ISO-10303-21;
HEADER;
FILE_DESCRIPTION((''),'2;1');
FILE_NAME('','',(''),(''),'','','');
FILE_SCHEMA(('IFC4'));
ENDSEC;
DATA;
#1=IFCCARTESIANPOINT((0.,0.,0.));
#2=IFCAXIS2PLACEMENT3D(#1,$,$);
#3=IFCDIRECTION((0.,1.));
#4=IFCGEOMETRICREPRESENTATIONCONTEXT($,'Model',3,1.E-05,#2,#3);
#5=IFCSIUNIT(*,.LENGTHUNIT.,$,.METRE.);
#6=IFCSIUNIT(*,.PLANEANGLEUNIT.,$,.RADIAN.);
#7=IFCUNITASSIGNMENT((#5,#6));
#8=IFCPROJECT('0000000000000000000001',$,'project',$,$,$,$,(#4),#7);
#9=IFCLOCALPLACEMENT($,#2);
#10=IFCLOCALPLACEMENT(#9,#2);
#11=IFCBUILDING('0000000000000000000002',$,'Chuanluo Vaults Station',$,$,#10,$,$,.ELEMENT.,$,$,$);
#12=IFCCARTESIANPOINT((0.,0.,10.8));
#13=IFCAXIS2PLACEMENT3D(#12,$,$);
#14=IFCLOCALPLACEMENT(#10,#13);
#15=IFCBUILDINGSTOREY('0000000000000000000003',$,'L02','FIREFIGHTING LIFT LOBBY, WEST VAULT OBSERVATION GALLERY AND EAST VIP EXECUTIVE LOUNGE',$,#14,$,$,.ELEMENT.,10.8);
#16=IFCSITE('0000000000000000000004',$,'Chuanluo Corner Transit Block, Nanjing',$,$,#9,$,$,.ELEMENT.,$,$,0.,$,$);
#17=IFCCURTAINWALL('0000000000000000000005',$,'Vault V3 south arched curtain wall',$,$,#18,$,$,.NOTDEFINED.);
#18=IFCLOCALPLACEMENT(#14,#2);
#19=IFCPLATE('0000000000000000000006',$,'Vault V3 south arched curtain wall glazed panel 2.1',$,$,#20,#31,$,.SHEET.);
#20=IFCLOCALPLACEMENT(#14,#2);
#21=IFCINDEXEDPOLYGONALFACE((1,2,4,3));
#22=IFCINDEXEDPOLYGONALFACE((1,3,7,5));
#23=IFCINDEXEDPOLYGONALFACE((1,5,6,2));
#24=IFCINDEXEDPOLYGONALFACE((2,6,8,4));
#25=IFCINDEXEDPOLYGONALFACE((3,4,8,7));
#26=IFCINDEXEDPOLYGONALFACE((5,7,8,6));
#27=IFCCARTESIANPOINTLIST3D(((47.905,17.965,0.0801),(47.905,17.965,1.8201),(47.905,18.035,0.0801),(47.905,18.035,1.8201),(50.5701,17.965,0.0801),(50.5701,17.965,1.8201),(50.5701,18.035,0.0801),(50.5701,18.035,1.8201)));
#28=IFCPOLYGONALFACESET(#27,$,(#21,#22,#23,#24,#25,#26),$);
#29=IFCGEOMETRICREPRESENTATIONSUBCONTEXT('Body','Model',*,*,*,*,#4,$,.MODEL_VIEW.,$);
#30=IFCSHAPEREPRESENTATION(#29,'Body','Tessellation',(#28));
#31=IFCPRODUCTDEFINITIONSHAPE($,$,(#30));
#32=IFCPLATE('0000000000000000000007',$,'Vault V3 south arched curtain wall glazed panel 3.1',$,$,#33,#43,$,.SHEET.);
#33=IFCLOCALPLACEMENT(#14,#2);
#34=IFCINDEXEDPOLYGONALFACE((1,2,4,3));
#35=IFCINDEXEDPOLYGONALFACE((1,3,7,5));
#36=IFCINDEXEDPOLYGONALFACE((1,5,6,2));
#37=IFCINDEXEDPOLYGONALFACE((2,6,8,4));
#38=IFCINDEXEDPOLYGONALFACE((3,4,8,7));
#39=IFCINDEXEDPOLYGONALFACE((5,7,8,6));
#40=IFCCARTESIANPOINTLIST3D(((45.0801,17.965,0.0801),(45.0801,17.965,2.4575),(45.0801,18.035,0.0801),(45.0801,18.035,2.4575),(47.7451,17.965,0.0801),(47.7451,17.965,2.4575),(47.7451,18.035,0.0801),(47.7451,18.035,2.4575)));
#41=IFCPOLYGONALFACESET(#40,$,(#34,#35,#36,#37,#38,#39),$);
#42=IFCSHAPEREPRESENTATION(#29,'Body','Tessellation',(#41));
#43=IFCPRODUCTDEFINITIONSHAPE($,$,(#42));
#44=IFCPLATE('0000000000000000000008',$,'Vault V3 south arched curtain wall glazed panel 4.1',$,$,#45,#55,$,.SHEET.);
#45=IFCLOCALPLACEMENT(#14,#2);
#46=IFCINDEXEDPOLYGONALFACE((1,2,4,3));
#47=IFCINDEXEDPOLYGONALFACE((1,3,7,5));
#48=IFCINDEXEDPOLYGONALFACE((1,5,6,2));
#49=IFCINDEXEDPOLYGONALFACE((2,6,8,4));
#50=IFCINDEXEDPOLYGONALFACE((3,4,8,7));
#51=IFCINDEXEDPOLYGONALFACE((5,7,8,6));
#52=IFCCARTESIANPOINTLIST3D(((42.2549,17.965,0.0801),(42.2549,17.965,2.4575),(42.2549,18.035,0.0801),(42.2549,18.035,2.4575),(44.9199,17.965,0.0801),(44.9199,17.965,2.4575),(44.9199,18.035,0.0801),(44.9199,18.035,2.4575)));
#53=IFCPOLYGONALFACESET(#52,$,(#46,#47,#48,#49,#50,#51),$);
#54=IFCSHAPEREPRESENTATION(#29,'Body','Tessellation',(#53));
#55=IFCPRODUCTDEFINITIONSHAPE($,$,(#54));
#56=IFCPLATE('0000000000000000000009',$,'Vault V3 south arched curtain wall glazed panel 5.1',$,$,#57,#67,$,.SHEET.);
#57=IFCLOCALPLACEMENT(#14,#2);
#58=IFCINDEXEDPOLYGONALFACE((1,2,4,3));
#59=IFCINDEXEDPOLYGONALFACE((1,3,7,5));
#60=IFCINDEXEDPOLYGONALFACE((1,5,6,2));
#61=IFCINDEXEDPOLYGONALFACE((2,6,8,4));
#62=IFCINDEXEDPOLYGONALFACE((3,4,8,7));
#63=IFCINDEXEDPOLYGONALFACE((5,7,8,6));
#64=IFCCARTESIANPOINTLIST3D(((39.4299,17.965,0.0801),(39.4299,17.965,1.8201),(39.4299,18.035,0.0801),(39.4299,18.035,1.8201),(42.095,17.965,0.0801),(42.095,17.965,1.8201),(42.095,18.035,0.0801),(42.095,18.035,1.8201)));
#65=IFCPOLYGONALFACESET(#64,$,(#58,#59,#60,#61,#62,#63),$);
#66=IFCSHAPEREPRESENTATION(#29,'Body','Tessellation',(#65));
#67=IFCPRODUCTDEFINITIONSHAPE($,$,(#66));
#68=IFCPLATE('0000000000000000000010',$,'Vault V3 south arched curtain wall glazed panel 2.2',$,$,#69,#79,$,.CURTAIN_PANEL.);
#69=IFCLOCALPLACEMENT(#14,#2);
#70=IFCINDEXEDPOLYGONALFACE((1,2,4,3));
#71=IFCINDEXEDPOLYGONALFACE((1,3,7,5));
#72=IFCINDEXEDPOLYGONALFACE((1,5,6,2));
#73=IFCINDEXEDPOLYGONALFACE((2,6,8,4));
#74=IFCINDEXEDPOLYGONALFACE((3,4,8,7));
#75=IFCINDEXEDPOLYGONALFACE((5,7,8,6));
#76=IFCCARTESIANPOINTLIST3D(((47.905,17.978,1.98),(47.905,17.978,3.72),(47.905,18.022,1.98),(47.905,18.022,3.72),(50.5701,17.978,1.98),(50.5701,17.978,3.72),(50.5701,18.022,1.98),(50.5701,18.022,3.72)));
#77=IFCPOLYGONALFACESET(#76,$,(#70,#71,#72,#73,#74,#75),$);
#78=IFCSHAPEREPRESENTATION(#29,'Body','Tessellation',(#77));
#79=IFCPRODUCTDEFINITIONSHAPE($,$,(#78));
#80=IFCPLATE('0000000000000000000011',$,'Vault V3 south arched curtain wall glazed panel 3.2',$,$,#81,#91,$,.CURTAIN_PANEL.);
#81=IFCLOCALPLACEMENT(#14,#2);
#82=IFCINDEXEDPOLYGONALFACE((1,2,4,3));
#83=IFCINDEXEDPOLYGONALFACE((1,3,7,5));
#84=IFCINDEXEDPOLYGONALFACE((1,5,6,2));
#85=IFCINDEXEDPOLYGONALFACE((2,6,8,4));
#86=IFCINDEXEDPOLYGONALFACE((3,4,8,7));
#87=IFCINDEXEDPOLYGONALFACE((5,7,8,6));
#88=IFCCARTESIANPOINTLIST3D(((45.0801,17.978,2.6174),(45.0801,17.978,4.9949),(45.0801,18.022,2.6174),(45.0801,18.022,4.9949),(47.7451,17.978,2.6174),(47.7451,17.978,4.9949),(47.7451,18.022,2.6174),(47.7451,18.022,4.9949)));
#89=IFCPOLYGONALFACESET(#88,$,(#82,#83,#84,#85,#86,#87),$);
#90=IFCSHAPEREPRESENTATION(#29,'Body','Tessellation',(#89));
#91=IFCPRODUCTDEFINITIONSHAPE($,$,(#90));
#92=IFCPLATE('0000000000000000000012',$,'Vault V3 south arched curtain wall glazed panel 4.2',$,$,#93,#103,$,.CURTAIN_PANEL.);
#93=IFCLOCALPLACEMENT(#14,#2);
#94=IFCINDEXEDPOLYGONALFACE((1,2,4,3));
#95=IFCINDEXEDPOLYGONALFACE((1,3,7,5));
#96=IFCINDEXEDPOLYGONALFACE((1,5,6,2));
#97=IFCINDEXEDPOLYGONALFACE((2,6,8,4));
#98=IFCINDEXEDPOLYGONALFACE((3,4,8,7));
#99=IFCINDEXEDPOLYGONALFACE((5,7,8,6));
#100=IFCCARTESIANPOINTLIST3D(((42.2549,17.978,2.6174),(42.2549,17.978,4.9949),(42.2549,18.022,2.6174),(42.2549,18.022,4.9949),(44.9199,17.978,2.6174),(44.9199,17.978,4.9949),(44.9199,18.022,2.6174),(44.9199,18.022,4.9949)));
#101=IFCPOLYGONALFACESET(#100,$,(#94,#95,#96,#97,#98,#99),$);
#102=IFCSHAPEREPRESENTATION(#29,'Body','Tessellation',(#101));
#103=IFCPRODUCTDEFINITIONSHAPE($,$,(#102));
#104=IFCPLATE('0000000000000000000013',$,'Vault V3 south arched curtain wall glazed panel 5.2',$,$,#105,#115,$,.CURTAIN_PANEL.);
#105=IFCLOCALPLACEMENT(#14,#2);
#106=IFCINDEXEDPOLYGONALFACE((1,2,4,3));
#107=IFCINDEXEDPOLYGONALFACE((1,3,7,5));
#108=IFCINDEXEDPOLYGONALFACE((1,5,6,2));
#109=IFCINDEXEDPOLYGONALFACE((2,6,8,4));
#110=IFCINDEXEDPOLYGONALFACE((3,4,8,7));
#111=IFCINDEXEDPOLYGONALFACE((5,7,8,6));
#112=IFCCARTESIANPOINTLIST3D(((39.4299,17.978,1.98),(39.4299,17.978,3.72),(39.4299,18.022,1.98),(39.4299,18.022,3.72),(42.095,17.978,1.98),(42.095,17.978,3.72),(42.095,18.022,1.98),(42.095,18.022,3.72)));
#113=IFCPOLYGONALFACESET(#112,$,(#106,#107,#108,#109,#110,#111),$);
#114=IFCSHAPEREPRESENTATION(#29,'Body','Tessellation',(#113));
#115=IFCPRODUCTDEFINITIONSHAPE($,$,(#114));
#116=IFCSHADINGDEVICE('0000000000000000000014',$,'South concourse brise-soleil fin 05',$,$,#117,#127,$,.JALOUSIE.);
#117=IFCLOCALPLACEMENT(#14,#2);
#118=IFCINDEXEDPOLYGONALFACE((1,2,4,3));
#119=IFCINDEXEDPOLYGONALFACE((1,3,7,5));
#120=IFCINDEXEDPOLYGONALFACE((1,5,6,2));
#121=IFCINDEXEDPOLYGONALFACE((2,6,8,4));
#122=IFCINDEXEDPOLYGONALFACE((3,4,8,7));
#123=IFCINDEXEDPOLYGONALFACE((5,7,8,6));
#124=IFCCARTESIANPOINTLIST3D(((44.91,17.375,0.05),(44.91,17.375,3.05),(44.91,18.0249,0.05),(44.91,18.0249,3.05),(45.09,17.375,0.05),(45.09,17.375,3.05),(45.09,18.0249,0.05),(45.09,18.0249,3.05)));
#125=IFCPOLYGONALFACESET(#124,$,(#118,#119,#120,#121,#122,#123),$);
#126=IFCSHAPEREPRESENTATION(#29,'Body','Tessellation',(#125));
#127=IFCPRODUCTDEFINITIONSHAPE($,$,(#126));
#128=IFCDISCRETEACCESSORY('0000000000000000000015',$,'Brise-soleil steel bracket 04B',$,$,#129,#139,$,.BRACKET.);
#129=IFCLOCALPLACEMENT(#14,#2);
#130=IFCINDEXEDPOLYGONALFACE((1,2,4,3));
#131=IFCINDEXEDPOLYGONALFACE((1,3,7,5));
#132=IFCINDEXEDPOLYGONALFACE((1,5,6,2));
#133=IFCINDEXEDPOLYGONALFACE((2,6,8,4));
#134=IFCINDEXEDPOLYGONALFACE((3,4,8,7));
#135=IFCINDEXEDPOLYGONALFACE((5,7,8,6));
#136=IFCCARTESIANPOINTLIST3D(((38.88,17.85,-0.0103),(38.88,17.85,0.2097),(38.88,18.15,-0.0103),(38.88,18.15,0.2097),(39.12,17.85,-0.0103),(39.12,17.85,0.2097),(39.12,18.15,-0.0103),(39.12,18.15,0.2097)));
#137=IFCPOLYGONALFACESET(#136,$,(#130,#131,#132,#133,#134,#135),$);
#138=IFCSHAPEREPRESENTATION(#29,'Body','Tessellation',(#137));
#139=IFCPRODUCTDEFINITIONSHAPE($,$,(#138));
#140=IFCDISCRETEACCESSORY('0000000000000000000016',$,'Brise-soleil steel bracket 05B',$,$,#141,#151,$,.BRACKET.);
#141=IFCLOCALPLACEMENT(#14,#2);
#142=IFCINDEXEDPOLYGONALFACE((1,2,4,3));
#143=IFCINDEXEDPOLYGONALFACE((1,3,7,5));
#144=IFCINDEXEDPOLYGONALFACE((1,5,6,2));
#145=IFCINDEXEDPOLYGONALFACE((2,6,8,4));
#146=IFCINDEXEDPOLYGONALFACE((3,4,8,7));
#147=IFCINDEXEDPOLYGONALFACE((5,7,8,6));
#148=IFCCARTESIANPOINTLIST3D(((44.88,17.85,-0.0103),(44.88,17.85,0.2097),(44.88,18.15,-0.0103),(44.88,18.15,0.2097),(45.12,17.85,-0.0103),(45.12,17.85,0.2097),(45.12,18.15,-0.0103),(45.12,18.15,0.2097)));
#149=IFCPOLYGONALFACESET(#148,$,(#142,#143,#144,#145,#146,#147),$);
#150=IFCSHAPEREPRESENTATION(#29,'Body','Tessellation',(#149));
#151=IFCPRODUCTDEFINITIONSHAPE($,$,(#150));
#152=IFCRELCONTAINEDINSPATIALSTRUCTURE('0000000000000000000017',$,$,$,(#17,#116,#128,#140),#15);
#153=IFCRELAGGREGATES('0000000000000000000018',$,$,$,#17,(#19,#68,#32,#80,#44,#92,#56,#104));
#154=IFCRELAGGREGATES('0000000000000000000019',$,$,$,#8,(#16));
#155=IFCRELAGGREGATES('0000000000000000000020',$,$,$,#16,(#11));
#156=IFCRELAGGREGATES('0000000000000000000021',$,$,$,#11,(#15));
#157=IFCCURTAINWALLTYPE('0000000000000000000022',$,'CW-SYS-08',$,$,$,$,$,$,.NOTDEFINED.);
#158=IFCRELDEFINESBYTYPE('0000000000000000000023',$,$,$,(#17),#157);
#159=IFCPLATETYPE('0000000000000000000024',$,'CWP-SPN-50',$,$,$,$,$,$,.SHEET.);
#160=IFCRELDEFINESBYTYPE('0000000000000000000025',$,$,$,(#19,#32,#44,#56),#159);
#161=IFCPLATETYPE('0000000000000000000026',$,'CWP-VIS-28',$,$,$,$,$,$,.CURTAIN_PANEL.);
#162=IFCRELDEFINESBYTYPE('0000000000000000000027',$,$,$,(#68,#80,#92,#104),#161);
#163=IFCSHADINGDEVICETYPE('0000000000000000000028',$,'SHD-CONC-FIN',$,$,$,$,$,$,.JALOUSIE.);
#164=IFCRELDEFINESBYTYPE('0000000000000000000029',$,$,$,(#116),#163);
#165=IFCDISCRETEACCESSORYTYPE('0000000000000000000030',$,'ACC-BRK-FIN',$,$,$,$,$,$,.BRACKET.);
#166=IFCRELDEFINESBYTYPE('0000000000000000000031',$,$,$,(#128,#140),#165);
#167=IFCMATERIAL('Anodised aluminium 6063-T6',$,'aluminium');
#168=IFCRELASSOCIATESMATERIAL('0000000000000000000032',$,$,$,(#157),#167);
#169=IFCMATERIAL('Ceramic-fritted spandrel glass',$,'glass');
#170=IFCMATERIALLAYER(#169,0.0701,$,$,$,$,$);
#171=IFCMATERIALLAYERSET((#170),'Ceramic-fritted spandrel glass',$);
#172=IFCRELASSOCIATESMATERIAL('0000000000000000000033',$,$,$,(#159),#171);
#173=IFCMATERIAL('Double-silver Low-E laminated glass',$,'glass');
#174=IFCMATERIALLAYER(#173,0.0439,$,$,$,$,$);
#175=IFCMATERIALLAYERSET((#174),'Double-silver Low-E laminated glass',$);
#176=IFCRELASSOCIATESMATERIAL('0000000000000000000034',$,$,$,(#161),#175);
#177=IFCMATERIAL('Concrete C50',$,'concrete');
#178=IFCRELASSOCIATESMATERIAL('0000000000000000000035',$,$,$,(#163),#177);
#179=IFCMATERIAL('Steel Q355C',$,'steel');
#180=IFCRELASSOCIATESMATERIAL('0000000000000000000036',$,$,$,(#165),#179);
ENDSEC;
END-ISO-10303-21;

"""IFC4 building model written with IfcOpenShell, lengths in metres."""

from ifc_helpers import new_model, si_unit, direction, frame, origin, origin_2d, place, context, subcontext, project, spatial, rectangle, extrude, material, layer, layer_set, type_object, element, aggregate, save


model = new_model("IFC4")

# Units and contexts
model_context = context("Model", 3, precision=1e-05, world=origin(), true_north=direction((0.0, 1.0)))
body_context = subcontext(model_context, "Body", "Model", "MODEL_VIEW")
ifc_project = project(units=[si_unit("LENGTHUNIT", "METRE"), si_unit("PLANEANGLEUNIT", "RADIAN")], contexts=[model_context])

# Site, building, storey
site_placement = place(None, origin())
site = spatial("IfcSite", under=ifc_project, at=site_placement, Name="Chuanluo Corner Transit Block, Nanjing", CompositionType="ELEMENT", RefElevation=0.0)
building_placement = place(site_placement, origin())
building = spatial("IfcBuilding", under=site, at=building_placement, Name="Chuanluo Vaults Station", CompositionType="ELEMENT")
storey_placement = place(building_placement, frame((0.0, 0.0, 10.8)))
storey = spatial("IfcBuildingStorey", under=building, at=storey_placement, Name="L02", Description="FIREFIGHTING LIFT LOBBY, WEST VAULT OBSERVATION GALLERY AND EAST VIP EXECUTIVE LOUNGE", CompositionType="ELEMENT", Elevation=10.8)

# Curtain wall, plates
ifc_material_1 = material(Name="Anodised aluminium 6063-T6", Category="aluminium")
curtain_wall_type = type_object("IfcCurtainWallType", Name="CW-SYS-08", PredefinedType="NOTDEFINED", material=ifc_material_1)
curtain_wall_placement = place(storey_placement, origin())
curtain_wall = element("IfcCurtainWall", 1, at=curtain_wall_placement, inside=storey, type_object=curtain_wall_type, Name="Vault V3 south arched curtain wall", PredefinedType="NOTDEFINED")
ifc_material_2 = material(Name="Ceramic-fritted spandrel glass", Category="glass")
ifc_layer_1 = layer(ifc_material_2, 0.0701)
ifc_layer_set_1 = layer_set([ifc_layer_1], Name="Ceramic-fritted spandrel glass")
plate_type_1 = type_object("IfcPlateType", Name="CWP-SPN-50", PredefinedType="SHEET", material=ifc_layer_set_1)
plate_1_placement = place(storey_placement, frame((49.2375, 18.0, 0.0801), z_axis=(0.0, 0.0, 1.0), x_axis=(-1.0, 0.0, 0.0)))
plate_1 = element("IfcPlate", 2, at=plate_1_placement, type_object=plate_type_1, Name="Vault V3 south arched curtain wall glazed panel 2.1", PredefinedType="SHEET", context=body_context, shape_type="SweptSolid", body=[
    extrude(rectangle(XDim=2.665, YDim=0.0701, at=origin_2d()), origin(), (0.0, 0.0, 1.0), 1.74),
])
plate_2_placement = place(storey_placement, frame((46.4126, 18.0, 0.0801), z_axis=(0.0, 0.0, 1.0), x_axis=(-1.0, 0.0, 0.0)))
plate_2 = element("IfcPlate", 3, at=plate_2_placement, type_object=plate_type_1, Name="Vault V3 south arched curtain wall glazed panel 3.1", PredefinedType="SHEET", context=body_context, shape_type="SweptSolid", body=[
    extrude(rectangle(XDim=2.665, YDim=0.0701, at=origin_2d()), origin(), (0.0, 0.0, 1.0), 2.3774),
])
plate_3_placement = place(storey_placement, frame((43.5874, 18.0, 0.0801), z_axis=(0.0, 0.0, 1.0), x_axis=(-1.0, 0.0, 0.0)))
plate_3 = element("IfcPlate", 4, at=plate_3_placement, type_object=plate_type_1, Name="Vault V3 south arched curtain wall glazed panel 4.1", PredefinedType="SHEET", context=body_context, shape_type="SweptSolid", body=[
    extrude(rectangle(XDim=2.665, YDim=0.0701, at=origin_2d()), origin(), (0.0, 0.0, 1.0), 2.3774),
])
plate_4_placement = place(storey_placement, frame((40.7625, 18.0, 0.0801), z_axis=(0.0, 0.0, 1.0), x_axis=(-1.0, 0.0, 0.0)))
plate_4 = element("IfcPlate", 5, at=plate_4_placement, type_object=plate_type_1, Name="Vault V3 south arched curtain wall glazed panel 5.1", PredefinedType="SHEET", context=body_context, shape_type="SweptSolid", body=[
    extrude(rectangle(XDim=2.665, YDim=0.0701, at=origin_2d()), origin(), (0.0, 0.0, 1.0), 1.74),
])
ifc_material_3 = material(Name="Double-silver Low-E laminated glass", Category="glass")
ifc_layer_2 = layer(ifc_material_3, 0.0439)
ifc_layer_set_2 = layer_set([ifc_layer_2], Name="Double-silver Low-E laminated glass")
plate_type_2 = type_object("IfcPlateType", Name="CWP-VIS-28", PredefinedType="CURTAIN_PANEL", material=ifc_layer_set_2)
plate_5_placement = place(storey_placement, frame((49.2375, 18.0, 1.98), z_axis=(0.0, 0.0, 1.0), x_axis=(-1.0, 0.0, 0.0)))
plate_5 = element("IfcPlate", 6, at=plate_5_placement, type_object=plate_type_2, Name="Vault V3 south arched curtain wall glazed panel 2.2", PredefinedType="CURTAIN_PANEL", context=body_context, shape_type="SweptSolid", body=[
    extrude(rectangle(XDim=2.665, YDim=0.0439, at=origin_2d()), origin(), (0.0, 0.0, 1.0), 1.74),
])
plate_6_placement = place(storey_placement, frame((46.4126, 18.0, 2.6174), z_axis=(0.0, 0.0, 1.0), x_axis=(-1.0, 0.0, 0.0)))
plate_6 = element("IfcPlate", 7, at=plate_6_placement, type_object=plate_type_2, Name="Vault V3 south arched curtain wall glazed panel 3.2", PredefinedType="CURTAIN_PANEL", context=body_context, shape_type="SweptSolid", body=[
    extrude(rectangle(XDim=2.665, YDim=0.0439, at=origin_2d()), origin(), (0.0, 0.0, 1.0), 2.3774),
])
plate_7_placement = place(storey_placement, frame((43.5874, 18.0, 2.6174), z_axis=(0.0, 0.0, 1.0), x_axis=(-1.0, 0.0, 0.0)))
plate_7 = element("IfcPlate", 8, at=plate_7_placement, type_object=plate_type_2, Name="Vault V3 south arched curtain wall glazed panel 4.2", PredefinedType="CURTAIN_PANEL", context=body_context, shape_type="SweptSolid", body=[
    extrude(rectangle(XDim=2.665, YDim=0.0439, at=origin_2d()), origin(), (0.0, 0.0, 1.0), 2.3774),
])
plate_8_placement = place(storey_placement, frame((40.7625, 18.0, 1.98), z_axis=(0.0, 0.0, 1.0), x_axis=(-1.0, 0.0, 0.0)))
plate_8 = element("IfcPlate", 9, at=plate_8_placement, type_object=plate_type_2, Name="Vault V3 south arched curtain wall glazed panel 5.2", PredefinedType="CURTAIN_PANEL", context=body_context, shape_type="SweptSolid", body=[
    extrude(rectangle(XDim=2.665, YDim=0.0439, at=origin_2d()), origin(), (0.0, 0.0, 1.0), 1.74),
])
aggregate(curtain_wall, [plate_1, plate_5, plate_2, plate_6, plate_3, plate_7, plate_4, plate_8])

# Shading device
ifc_material_4 = material(Name="Concrete C50", Category="concrete")
shading_device_type = type_object("IfcShadingDeviceType", Name="SHD-CONC-FIN", PredefinedType="JALOUSIE", material=ifc_material_4)
shading_device_placement = place(storey_placement, frame((45.0, 17.7, 0.05), z_axis=(0.0, 0.0, 1.0), x_axis=(1.0, 0.0, 0.0)))
element("IfcShadingDevice", 10, at=shading_device_placement, inside=storey, type_object=shading_device_type, Name="South concourse brise-soleil fin 05", PredefinedType="JALOUSIE", context=body_context, shape_type="SweptSolid", body=[
    extrude(rectangle(XDim=0.1799, YDim=0.6499, at=origin_2d()), origin(), (0.0, 0.0, 1.0), 3.0),
])

# Discrete accessories
ifc_material_5 = material(Name="Steel Q355C", Category="steel")
discrete_accessory_type = type_object("IfcDiscreteAccessoryType", Name="ACC-BRK-FIN", PredefinedType="BRACKET", material=ifc_material_5)
for number, where, z_axis, x_axis, name in (
    (11, (39.0, 18.0, -0.0103), (0.0, 0.0, 1.0), (1.0, 0.0, 0.0), "Brise-soleil steel bracket 04B"),
    (12, (45.0, 18.0, -0.0103), (0.0, 0.0, 1.0), (1.0, 0.0, 0.0), "Brise-soleil steel bracket 05B"),
):
    element("IfcDiscreteAccessory", number, at=place(storey_placement, frame(where, z_axis=z_axis, x_axis=x_axis)), inside=storey, type_object=discrete_accessory_type, Name=name, PredefinedType="BRACKET", context=body_context, shape_type="SweptSolid", body=[
        extrude(rectangle(XDim=0.24, YDim=0.3, at=origin_2d()), origin(), (0.0, 0.0, 1.0), 0.22),
    ])

save(model, "model.ifc")
